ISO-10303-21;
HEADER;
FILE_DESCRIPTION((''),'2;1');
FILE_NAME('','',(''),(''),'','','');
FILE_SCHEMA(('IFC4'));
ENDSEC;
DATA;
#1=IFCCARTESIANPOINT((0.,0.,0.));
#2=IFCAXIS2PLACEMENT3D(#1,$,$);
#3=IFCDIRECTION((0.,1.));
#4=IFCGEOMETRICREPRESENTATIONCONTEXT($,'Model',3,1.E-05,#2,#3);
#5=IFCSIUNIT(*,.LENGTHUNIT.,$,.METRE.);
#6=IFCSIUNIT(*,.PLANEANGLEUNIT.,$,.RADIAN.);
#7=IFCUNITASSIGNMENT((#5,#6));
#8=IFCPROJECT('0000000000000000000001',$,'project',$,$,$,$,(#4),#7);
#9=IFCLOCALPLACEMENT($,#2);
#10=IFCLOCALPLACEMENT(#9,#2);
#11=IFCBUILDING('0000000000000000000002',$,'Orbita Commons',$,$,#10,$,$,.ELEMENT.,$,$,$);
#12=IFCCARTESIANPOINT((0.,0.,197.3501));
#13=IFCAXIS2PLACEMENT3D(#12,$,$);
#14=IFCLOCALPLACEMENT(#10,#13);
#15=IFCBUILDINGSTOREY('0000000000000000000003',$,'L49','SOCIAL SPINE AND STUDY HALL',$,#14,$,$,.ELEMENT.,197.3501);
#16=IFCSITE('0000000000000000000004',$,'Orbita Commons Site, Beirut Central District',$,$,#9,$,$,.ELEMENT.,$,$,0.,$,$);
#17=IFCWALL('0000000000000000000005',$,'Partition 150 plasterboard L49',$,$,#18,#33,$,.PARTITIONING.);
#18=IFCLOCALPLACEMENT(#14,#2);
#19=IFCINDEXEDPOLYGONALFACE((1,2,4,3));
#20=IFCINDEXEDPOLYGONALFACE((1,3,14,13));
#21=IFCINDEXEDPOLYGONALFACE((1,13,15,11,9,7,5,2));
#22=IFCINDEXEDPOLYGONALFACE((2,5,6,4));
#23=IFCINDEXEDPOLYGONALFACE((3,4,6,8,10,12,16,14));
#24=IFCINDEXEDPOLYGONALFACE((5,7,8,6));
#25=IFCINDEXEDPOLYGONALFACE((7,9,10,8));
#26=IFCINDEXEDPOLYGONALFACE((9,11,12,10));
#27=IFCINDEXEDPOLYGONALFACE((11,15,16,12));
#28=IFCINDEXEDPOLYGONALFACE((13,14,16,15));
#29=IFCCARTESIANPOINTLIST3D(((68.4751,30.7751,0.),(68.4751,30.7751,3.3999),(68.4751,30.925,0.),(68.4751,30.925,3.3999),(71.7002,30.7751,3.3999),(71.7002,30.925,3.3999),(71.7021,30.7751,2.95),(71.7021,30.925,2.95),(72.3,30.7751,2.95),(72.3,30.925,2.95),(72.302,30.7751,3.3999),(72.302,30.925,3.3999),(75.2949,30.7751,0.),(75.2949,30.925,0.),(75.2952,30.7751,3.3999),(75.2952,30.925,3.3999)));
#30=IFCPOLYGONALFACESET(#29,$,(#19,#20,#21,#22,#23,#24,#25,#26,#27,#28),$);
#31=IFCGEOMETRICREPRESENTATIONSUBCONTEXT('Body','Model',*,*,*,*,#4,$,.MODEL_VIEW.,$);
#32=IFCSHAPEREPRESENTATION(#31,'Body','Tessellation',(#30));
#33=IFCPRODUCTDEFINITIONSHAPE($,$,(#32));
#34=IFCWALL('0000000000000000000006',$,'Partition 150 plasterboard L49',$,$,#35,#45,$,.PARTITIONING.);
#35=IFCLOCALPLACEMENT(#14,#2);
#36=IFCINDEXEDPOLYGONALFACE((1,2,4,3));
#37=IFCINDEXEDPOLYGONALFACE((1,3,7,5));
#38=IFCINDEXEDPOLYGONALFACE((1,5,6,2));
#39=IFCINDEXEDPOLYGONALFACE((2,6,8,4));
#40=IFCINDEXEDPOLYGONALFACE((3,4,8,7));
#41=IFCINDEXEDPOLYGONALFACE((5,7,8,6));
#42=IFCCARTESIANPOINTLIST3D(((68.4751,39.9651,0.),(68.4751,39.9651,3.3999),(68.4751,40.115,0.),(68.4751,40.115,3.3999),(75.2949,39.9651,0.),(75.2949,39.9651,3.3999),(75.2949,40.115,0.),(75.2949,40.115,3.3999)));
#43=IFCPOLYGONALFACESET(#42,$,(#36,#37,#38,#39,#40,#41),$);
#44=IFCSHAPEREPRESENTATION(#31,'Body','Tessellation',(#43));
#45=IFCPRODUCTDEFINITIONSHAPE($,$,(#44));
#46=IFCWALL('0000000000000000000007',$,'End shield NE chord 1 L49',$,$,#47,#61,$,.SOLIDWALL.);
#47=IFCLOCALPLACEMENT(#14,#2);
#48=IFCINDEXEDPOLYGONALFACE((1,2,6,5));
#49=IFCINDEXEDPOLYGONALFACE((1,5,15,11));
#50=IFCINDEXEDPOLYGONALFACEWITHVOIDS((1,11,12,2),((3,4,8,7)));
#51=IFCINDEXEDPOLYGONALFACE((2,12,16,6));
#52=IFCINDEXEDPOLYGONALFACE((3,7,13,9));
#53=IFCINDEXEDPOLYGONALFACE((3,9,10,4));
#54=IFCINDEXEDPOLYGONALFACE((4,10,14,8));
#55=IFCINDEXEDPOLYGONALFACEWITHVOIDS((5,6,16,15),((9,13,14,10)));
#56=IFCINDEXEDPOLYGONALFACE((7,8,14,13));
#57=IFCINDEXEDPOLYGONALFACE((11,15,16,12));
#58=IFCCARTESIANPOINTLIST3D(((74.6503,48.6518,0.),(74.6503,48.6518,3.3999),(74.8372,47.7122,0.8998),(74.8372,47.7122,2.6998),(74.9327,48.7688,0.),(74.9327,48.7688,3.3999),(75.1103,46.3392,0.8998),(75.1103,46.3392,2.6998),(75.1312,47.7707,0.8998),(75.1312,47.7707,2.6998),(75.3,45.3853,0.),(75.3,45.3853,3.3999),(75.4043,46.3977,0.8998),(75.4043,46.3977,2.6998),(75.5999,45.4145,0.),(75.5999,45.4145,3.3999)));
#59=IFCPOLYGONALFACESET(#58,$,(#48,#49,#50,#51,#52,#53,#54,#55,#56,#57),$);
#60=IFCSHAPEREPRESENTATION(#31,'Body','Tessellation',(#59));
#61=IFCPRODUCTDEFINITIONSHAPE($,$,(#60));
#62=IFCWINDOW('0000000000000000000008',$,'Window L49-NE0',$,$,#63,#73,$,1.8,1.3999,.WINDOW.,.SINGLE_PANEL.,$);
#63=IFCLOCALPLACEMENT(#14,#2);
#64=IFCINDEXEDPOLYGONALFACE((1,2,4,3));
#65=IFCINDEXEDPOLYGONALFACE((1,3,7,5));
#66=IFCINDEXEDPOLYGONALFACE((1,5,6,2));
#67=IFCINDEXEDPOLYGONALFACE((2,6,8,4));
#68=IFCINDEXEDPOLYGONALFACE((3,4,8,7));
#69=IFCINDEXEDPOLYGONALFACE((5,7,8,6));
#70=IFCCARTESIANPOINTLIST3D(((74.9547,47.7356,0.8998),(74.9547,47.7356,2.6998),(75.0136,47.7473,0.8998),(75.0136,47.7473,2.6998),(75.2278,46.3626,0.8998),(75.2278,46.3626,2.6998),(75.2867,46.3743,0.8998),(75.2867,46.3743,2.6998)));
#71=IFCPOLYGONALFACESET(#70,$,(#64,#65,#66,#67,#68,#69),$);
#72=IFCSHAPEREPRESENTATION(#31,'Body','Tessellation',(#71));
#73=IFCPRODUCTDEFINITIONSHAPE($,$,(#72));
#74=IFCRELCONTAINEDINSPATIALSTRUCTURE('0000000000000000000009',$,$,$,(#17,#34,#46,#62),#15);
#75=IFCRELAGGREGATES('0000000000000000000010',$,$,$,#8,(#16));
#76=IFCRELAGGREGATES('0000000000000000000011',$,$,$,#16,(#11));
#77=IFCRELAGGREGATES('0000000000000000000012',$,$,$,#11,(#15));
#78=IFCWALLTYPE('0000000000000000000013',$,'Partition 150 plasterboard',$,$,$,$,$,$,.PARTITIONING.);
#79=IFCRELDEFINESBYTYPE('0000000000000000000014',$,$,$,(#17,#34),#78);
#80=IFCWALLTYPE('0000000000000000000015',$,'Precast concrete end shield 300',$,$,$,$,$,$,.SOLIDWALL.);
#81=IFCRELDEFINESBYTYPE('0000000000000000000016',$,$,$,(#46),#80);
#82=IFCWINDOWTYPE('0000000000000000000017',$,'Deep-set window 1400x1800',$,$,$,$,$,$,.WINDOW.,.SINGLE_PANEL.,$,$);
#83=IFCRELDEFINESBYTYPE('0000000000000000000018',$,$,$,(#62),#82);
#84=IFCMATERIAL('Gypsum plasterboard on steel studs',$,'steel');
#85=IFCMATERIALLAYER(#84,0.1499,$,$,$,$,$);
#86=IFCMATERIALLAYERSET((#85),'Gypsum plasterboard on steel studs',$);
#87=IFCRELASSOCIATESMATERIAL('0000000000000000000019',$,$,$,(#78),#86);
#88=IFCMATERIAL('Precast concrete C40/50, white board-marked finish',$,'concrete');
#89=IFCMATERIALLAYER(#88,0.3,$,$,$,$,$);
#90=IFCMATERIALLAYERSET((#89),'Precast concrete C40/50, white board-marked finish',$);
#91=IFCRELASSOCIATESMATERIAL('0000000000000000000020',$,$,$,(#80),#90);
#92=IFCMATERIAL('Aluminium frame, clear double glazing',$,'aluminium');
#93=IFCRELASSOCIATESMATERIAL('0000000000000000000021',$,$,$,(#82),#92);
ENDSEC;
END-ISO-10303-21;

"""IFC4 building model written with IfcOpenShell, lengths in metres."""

from ifc_helpers import new_model, si_unit, direction, frame, frame_2d, origin, place, context, subcontext, project, spatial, polyline, rectangle, outline, extrude, material, layer, layer_set, type_object, element, fill, save


model = new_model("IFC4")

# Units and contexts
model_context = context("Model", 3, precision=1e-05, world=origin(), true_north=direction((0.0, 1.0)))
body_context = subcontext(model_context, "Body", "Model", "MODEL_VIEW")
ifc_project = project(units=[si_unit("LENGTHUNIT", "METRE"), si_unit("PLANEANGLEUNIT", "RADIAN")], contexts=[model_context])

# Site, building, storey
site_placement = place(None, origin())
site = spatial("IfcSite", under=ifc_project, at=site_placement, Name="Orbita Commons Site, Beirut Central District", CompositionType="ELEMENT", RefElevation=0.0)
building_placement = place(site_placement, origin())
building = spatial("IfcBuilding", under=site, at=building_placement, Name="Orbita Commons", CompositionType="ELEMENT")
storey_placement = place(building_placement, frame((0.0, 0.0, 197.3501)))
storey = spatial("IfcBuildingStorey", under=building, at=storey_placement, Name="L49", Description="SOCIAL SPINE AND STUDY HALL", CompositionType="ELEMENT", Elevation=197.3501)

# Shared definitions
ifc_material_1 = material(Name="Gypsum plasterboard on steel studs", Category="steel")
ifc_layer_1 = layer(ifc_material_1, 0.1499)
ifc_layer_set_1 = layer_set([ifc_layer_1], Name="Gypsum plasterboard on steel studs")
wall_type_1 = type_object("IfcWallType", Name="Partition 150 plasterboard", PredefinedType="PARTITIONING", material=ifc_layer_set_1)

# Walls
wall_1_placement = place(storey_placement, frame((68.4751, 30.8501, 0.0), z_axis=(0.0, 0.0, 1.0), x_axis=(1.0, 0.0, 0.0)))
element("IfcWall", 1, at=wall_1_placement, inside=storey, type_object=wall_type_1, Name="Partition 150 plasterboard L49", PredefinedType="PARTITIONING", context=body_context, shape_type="SweptSolid", body=[
    extrude(outline(polyline([(0.0, 0.0), (6.8198, 0.0), (6.8201, 3.3999), (3.8269, 3.3999), (3.825, 2.95), (3.2271, 2.95), (3.2251, 3.3999), (0.0, 3.3999), (0.0, 0.0)])), frame((0.0, 0.075, 0.0), z_axis=(0.0, -1.0, 0.0), x_axis=(1.0, 0.0, 0.0)), (0.0, 0.0, 1.0), 0.1499),
])
wall_2_placement = place(storey_placement, frame((68.4751, 40.04, 0.0), z_axis=(0.0, 0.0, 1.0), x_axis=(1.0, 0.0, 0.0)))
element("IfcWall", 2, at=wall_2_placement, inside=storey, type_object=wall_type_1, Name="Partition 150 plasterboard L49", PredefinedType="PARTITIONING", context=body_context, shape_type="SweptSolid", body=[
    extrude(rectangle(XDim=6.8198, YDim=0.1499, at=frame_2d((3.4099, 0.0))), origin(), (0.0, 0.0, 1.0), 3.3999),
])

# Wall, opening, window
ifc_material_2 = material(Name="Precast concrete C40/50, white board-marked finish", Category="concrete")
ifc_layer_2 = layer(ifc_material_2, 0.3)
ifc_layer_set_2 = layer_set([ifc_layer_2], Name="Precast concrete C40/50, white board-marked finish")
wall_type_2 = type_object("IfcWallType", Name="Precast concrete end shield 300", PredefinedType="SOLIDWALL", material=ifc_layer_set_2)
wall_3_placement = place(storey_placement, frame((75.45, 45.3999, 0.0), z_axis=(0.0, 0.0, 1.0), x_axis=(-0.195087, 0.980786, 0.0)))
wall_3 = element("IfcWall", 3, at=wall_3_placement, inside=storey, type_object=wall_type_2, Name="End shield NE chord 1 L49", PredefinedType="SOLIDWALL", context=body_context, shape_type="SweptSolid", body=[
    extrude(outline(polyline([(-0.0149, -0.1499), (3.405, -0.1499), (3.3455, 0.1499), (0.0149, 0.1499), (-0.0149, -0.1499)])), origin(), (0.0, 0.0, 1.0), 3.3999),
])
opening_1_placement = place(wall_3_placement, frame((0.9875, 0.0, 0.8999)))
opening_1 = element("IfcOpeningElement", 4, at=opening_1_placement, cuts=wall_3, PredefinedType="OPENING", context=body_context, shape_type="SweptSolid", body=[
    extrude(rectangle(XDim=1.3999, YDim=1.8, at=frame_2d((0.7, 0.8999))), frame((0.0, 0.1599, 0.0), z_axis=(0.0, -1.0, 0.0), x_axis=(1.0, 0.0, 0.0)), (0.0, 0.0, 1.0), 0.3201),
])
ifc_material_3 = material(Name="Aluminium frame, clear double glazing", Category="aluminium")
window_type = type_object("IfcWindowType", Name="Deep-set window 1400x1800", PartitioningType="SINGLE_PANEL", PredefinedType="WINDOW", material=ifc_material_3)
window_placement = place(opening_1_placement, origin())
window = element("IfcWindow", 5, at=window_placement, inside=storey, type_object=window_type, Name="Window L49-NE0", OverallHeight=1.8, OverallWidth=1.3999, PartitioningType="SINGLE_PANEL", PredefinedType="WINDOW", context=body_context, shape_type="SweptSolid", body=[
    extrude(rectangle(XDim=1.3999, YDim=1.8, at=frame_2d((0.7, 0.8999))), frame((0.0, 0.03, 0.0), z_axis=(0.0, -1.0, 0.0), x_axis=(1.0, 0.0, 0.0)), (0.0, 0.0, 1.0), 0.0601),
])
fill(opening_1, window)

save(model, "model.ifc")
